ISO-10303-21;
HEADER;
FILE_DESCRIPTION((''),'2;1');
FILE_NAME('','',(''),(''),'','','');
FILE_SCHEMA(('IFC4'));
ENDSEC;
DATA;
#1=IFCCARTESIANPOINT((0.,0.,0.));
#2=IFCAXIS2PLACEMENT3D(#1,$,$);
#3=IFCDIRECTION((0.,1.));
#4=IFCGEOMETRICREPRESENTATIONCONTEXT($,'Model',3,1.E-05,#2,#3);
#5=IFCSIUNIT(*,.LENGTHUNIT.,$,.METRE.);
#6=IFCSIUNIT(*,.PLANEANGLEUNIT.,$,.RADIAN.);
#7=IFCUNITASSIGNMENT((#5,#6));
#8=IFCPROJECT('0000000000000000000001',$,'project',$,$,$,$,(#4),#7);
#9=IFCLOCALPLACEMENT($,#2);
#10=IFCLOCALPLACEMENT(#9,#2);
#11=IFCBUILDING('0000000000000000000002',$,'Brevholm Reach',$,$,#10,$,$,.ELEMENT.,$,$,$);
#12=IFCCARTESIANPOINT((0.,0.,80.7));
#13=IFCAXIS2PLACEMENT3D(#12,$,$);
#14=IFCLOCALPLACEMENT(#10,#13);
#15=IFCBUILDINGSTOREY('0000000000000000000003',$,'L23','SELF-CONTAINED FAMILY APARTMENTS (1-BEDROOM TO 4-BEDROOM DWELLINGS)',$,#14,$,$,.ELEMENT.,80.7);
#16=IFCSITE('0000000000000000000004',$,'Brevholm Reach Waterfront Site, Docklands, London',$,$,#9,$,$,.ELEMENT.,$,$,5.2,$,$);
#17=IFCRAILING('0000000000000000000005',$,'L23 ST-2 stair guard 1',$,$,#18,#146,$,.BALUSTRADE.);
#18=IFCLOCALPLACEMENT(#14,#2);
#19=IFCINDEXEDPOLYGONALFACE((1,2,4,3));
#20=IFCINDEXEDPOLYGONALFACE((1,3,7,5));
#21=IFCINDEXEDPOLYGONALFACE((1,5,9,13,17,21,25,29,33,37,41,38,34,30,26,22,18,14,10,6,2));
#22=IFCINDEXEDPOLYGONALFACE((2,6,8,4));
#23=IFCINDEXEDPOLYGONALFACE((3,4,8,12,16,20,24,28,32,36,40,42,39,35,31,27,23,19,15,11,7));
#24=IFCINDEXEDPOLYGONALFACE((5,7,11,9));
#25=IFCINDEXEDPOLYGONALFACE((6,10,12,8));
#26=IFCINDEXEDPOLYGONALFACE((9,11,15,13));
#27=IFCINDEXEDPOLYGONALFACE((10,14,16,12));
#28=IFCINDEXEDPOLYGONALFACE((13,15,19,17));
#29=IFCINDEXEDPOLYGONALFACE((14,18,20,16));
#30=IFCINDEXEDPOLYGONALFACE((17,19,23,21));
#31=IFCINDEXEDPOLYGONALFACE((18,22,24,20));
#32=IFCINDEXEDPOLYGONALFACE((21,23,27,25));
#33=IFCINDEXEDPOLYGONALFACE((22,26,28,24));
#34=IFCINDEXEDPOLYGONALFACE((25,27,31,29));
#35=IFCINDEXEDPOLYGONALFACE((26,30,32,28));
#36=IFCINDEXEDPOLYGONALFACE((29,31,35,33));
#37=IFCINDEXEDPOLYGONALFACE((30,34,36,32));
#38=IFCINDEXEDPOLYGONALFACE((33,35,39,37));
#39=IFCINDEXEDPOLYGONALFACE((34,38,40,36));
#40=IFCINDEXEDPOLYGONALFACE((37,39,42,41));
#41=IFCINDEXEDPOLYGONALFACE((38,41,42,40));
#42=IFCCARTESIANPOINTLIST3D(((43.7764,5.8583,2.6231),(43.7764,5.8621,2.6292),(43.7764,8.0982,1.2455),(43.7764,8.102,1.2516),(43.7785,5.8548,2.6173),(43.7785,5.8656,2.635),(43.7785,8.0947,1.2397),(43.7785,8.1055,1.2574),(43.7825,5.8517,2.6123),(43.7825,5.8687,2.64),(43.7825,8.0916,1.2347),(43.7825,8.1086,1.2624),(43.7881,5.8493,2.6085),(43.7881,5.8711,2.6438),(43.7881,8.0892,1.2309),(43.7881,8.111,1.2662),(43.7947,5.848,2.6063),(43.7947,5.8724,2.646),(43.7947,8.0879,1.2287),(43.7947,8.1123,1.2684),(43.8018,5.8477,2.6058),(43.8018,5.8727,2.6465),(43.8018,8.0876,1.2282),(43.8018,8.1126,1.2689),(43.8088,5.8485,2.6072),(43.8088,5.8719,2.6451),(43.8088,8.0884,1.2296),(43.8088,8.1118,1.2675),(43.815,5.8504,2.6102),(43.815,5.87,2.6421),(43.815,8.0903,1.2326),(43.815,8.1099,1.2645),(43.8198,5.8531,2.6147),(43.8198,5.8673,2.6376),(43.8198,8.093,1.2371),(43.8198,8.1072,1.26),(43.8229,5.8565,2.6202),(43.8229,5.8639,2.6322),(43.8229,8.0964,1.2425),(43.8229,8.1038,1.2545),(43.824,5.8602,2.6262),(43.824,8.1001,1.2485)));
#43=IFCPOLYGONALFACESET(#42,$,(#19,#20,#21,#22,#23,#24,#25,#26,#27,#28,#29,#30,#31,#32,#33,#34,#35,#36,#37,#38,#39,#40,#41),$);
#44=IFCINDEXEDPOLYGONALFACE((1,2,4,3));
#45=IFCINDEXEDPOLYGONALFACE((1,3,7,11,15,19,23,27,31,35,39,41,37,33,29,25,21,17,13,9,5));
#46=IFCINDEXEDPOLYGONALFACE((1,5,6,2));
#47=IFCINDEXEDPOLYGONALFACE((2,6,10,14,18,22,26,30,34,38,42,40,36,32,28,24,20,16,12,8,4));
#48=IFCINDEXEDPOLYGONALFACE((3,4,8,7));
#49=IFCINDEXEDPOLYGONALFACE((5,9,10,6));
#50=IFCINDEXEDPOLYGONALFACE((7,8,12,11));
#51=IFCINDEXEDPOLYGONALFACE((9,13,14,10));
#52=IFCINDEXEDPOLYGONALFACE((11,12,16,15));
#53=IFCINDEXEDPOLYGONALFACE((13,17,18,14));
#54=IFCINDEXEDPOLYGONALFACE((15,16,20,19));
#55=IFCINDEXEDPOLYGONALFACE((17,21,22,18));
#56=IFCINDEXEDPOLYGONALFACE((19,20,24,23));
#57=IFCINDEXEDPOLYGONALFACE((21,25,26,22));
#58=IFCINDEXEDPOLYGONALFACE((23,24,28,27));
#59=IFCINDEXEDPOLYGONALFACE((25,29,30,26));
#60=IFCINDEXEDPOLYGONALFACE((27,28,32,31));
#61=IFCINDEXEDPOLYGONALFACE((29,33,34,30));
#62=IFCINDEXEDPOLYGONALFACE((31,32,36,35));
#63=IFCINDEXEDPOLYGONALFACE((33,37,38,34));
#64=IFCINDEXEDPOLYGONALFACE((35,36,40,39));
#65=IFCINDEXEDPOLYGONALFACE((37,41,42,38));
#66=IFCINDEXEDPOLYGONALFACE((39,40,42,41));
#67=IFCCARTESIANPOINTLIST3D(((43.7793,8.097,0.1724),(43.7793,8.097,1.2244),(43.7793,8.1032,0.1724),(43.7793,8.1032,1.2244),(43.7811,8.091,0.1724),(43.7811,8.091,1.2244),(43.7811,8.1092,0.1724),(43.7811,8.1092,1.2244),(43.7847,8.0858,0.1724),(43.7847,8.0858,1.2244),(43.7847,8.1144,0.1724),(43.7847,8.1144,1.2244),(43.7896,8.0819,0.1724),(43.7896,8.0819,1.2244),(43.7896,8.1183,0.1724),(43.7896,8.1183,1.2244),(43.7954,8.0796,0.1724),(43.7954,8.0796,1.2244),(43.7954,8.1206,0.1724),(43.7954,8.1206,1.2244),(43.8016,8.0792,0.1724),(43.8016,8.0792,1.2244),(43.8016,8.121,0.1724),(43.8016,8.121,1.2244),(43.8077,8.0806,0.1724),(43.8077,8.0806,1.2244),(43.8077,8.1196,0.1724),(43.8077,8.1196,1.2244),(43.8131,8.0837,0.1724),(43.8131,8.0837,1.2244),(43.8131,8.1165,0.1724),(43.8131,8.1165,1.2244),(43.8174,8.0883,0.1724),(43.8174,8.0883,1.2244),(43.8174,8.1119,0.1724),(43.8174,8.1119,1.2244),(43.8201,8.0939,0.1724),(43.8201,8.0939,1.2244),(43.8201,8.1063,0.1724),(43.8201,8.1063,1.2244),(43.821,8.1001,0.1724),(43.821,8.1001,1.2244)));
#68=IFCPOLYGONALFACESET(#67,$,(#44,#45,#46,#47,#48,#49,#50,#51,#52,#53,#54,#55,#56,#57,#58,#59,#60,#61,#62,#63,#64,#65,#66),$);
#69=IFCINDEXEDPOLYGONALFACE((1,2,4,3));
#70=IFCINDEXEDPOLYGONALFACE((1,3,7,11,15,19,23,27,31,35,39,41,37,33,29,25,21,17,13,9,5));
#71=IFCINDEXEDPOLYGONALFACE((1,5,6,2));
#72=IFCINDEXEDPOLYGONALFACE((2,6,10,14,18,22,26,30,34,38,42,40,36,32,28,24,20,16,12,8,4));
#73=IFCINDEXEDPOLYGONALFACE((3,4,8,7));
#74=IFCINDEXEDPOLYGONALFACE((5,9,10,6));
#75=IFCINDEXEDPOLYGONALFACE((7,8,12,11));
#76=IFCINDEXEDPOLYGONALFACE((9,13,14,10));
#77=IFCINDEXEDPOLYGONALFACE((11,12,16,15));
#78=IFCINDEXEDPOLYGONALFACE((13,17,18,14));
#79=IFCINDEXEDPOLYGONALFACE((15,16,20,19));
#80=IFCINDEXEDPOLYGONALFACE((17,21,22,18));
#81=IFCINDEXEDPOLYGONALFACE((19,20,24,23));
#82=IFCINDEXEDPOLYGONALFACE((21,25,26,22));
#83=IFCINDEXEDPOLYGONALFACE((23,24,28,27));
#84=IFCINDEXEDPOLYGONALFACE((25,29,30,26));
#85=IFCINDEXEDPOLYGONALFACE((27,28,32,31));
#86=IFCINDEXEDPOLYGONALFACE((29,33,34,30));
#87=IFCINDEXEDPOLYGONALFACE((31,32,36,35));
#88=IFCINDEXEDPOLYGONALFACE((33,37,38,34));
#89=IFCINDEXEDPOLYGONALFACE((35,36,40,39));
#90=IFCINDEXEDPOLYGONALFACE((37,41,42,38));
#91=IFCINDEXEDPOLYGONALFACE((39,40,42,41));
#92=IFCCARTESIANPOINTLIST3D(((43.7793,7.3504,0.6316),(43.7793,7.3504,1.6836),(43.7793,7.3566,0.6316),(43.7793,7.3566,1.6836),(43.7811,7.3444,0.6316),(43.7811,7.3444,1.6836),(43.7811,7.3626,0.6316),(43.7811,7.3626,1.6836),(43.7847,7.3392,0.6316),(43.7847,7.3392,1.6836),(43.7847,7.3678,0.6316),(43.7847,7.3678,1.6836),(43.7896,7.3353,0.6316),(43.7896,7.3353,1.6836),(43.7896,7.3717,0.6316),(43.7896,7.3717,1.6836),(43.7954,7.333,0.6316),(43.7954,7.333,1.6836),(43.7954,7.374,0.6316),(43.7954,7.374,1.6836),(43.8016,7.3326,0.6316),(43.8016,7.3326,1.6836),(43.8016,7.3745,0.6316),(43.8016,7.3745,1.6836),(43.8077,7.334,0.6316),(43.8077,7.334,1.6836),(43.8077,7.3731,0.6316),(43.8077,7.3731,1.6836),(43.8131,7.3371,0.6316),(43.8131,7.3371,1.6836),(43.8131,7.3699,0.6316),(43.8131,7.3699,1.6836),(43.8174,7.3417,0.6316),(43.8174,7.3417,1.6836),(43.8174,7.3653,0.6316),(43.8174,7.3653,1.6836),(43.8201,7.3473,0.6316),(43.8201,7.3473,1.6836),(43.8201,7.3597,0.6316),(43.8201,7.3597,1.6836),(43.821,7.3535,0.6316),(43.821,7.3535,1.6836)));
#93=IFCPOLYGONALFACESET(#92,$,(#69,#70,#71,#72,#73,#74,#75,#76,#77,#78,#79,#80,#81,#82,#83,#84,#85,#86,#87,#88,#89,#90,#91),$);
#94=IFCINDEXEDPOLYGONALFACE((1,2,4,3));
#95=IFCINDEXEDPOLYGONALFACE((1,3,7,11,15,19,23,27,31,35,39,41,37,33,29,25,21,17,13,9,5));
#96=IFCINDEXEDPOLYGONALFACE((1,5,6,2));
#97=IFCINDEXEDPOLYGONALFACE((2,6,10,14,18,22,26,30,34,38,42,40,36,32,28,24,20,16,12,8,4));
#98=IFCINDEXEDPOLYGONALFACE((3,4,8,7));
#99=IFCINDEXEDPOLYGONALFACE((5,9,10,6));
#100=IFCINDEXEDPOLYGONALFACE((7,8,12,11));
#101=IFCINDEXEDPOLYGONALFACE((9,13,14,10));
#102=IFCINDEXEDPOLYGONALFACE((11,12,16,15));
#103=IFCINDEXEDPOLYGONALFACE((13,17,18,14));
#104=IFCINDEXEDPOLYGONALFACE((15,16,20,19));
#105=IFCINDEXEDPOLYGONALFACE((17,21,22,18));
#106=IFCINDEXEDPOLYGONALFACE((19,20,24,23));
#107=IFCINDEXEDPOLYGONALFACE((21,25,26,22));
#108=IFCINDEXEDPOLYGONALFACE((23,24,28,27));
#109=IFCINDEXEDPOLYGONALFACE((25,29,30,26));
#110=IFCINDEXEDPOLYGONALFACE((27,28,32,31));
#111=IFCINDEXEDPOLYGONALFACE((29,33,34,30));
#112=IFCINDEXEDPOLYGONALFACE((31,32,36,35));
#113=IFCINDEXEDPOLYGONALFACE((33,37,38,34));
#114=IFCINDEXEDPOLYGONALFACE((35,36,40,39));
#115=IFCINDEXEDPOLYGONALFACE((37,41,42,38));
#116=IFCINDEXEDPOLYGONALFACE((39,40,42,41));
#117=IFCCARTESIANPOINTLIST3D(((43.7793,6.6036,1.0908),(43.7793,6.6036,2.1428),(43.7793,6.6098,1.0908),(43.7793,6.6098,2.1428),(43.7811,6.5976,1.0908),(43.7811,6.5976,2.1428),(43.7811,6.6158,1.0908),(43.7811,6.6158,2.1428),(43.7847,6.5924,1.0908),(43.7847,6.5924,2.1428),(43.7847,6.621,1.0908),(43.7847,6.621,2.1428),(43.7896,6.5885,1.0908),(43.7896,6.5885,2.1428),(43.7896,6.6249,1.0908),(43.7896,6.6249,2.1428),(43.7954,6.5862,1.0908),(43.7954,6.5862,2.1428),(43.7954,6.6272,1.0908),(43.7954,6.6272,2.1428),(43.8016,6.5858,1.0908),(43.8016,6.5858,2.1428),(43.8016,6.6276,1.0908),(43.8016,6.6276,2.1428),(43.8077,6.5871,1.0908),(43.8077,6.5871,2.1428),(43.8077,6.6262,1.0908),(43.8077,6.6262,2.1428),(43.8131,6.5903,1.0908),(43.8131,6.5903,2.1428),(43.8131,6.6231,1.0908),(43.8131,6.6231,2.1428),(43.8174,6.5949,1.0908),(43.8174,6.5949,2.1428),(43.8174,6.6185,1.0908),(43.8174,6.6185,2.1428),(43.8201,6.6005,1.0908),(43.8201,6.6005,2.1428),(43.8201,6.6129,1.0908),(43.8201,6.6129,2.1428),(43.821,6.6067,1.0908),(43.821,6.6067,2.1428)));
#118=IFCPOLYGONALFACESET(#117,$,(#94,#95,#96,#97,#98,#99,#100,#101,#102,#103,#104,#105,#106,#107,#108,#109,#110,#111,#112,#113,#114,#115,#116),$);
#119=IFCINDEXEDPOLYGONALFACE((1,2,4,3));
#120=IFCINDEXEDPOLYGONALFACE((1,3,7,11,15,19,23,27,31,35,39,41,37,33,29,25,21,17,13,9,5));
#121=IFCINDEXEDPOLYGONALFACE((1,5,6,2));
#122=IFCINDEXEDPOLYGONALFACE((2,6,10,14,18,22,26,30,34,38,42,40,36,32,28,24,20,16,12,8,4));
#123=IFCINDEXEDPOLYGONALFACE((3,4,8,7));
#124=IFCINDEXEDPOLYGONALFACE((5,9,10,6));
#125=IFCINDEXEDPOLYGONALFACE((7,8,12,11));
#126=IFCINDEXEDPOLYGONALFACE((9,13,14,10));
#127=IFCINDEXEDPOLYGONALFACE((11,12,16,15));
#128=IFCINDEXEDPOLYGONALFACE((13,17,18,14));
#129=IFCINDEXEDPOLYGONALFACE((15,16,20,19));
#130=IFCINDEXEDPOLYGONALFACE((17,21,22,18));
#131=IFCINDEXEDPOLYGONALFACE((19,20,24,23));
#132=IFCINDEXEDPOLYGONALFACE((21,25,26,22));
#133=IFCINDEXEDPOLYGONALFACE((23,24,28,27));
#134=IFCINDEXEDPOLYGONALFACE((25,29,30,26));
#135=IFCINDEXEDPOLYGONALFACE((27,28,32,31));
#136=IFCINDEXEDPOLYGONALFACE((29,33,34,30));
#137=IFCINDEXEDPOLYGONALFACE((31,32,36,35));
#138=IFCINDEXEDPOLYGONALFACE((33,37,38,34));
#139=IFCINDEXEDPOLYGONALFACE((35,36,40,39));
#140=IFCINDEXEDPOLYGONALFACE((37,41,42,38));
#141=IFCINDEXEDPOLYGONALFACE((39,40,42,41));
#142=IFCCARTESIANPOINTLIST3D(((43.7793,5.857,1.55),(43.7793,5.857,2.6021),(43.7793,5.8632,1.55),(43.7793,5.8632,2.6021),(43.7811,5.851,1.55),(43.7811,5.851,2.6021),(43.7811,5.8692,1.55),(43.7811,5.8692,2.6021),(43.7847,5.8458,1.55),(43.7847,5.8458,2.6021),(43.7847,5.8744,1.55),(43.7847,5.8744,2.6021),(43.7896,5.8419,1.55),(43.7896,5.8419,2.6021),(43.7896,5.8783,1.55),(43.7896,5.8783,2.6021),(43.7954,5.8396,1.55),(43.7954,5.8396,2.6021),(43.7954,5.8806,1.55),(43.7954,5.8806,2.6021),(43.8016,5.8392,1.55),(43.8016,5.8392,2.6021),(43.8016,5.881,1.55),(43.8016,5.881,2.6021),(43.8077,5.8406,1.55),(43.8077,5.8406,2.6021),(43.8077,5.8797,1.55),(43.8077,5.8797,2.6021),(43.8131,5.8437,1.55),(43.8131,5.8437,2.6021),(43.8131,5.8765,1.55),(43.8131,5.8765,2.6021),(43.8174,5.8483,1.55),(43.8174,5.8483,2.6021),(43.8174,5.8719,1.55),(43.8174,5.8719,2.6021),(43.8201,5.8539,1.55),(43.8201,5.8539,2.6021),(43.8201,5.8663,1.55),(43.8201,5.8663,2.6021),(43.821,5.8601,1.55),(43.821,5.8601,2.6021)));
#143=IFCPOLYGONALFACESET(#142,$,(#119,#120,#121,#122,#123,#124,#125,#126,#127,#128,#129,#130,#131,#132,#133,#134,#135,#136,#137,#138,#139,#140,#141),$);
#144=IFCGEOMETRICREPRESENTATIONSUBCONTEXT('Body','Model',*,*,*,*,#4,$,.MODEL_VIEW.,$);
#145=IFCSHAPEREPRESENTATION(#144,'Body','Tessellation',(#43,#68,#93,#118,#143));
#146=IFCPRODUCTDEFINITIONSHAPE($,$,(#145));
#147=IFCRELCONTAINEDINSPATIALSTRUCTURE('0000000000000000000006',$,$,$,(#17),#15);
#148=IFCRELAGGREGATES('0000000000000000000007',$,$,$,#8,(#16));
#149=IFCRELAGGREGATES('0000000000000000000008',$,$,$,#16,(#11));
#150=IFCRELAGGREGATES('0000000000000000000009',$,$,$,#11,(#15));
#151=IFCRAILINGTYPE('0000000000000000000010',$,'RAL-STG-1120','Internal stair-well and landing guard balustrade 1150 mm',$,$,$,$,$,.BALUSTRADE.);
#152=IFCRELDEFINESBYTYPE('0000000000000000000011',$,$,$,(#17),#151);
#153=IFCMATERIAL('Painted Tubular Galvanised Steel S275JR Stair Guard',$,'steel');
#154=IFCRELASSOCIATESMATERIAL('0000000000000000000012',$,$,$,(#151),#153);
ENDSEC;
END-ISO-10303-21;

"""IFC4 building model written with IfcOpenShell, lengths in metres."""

from ifc_helpers import new_model, si_unit, direction, frame, origin, origin_2d, place, context, subcontext, project, spatial, circle, extrude, material, type_object, element, save


model = new_model("IFC4")

# Units and contexts
model_context = context("Model", 3, precision=1e-05, world=origin(), true_north=direction((0.0, 1.0)))
body_context = subcontext(model_context, "Body", "Model", "MODEL_VIEW")
ifc_project = project(units=[si_unit("LENGTHUNIT", "METRE"), si_unit("PLANEANGLEUNIT", "RADIAN")], contexts=[model_context])

# Site, building, storey
site_placement = place(None, origin())
site = spatial("IfcSite", under=ifc_project, at=site_placement, Name="Brevholm Reach Waterfront Site, Docklands, London", CompositionType="ELEMENT", RefElevation=5.2)
building_placement = place(site_placement, origin())
building = spatial("IfcBuilding", under=site, at=building_placement, Name="Brevholm Reach", CompositionType="ELEMENT")
storey_placement = place(building_placement, frame((0.0, 0.0, 80.7)))
storey = spatial("IfcBuildingStorey", under=building, at=storey_placement, Name="L23", Description="SELF-CONTAINED FAMILY APARTMENTS (1-BEDROOM TO 4-BEDROOM DWELLINGS)", CompositionType="ELEMENT", Elevation=80.7)

# Railing
ifc_material_1 = material(Name="Painted Tubular Galvanised Steel S275JR Stair Guard", Category="steel")
railing_type_1 = type_object("IfcRailingType", Name="RAL-STG-1120", Description="Internal stair-well and landing guard balustrade 1150 mm", PredefinedType="BALUSTRADE", material=ifc_material_1)
railing_1_placement = place(storey_placement, frame((43.8, 8.1001, 0.1724)))
element("IfcRailing", 1, at=railing_1_placement, inside=storey, type_object=railing_type_1, Name="L23 ST-2 stair guard 1", PredefinedType="BALUSTRADE", context=body_context, shape_type="SweptSolid", body=[
    extrude(circle(Radius=0.0239, at=origin_2d()), frame((0.0, 0.0, 1.0762), z_axis=(0.0, -0.851789, 0.523885), x_axis=(1.0, 0.0, 0.0)), (0.0, 0.0, 1.0), 2.6296),
    extrude(circle(Radius=0.021, at=origin_2d()), origin(), (0.0, 0.0, 1.0), 1.052),
    extrude(circle(Radius=0.021, at=origin_2d()), frame((0.0, -0.7466, 0.4592)), (0.0, 0.0, 1.0), 1.052),
    extrude(circle(Radius=0.021, at=origin_2d()), frame((0.0, -1.4934, 0.9185)), (0.0, 0.0, 1.0), 1.052),
    extrude(circle(Radius=0.021, at=origin_2d()), frame((0.0, -2.24, 1.3777)), (0.0, 0.0, 1.0), 1.052),
])

save(model, "model.ifc")
